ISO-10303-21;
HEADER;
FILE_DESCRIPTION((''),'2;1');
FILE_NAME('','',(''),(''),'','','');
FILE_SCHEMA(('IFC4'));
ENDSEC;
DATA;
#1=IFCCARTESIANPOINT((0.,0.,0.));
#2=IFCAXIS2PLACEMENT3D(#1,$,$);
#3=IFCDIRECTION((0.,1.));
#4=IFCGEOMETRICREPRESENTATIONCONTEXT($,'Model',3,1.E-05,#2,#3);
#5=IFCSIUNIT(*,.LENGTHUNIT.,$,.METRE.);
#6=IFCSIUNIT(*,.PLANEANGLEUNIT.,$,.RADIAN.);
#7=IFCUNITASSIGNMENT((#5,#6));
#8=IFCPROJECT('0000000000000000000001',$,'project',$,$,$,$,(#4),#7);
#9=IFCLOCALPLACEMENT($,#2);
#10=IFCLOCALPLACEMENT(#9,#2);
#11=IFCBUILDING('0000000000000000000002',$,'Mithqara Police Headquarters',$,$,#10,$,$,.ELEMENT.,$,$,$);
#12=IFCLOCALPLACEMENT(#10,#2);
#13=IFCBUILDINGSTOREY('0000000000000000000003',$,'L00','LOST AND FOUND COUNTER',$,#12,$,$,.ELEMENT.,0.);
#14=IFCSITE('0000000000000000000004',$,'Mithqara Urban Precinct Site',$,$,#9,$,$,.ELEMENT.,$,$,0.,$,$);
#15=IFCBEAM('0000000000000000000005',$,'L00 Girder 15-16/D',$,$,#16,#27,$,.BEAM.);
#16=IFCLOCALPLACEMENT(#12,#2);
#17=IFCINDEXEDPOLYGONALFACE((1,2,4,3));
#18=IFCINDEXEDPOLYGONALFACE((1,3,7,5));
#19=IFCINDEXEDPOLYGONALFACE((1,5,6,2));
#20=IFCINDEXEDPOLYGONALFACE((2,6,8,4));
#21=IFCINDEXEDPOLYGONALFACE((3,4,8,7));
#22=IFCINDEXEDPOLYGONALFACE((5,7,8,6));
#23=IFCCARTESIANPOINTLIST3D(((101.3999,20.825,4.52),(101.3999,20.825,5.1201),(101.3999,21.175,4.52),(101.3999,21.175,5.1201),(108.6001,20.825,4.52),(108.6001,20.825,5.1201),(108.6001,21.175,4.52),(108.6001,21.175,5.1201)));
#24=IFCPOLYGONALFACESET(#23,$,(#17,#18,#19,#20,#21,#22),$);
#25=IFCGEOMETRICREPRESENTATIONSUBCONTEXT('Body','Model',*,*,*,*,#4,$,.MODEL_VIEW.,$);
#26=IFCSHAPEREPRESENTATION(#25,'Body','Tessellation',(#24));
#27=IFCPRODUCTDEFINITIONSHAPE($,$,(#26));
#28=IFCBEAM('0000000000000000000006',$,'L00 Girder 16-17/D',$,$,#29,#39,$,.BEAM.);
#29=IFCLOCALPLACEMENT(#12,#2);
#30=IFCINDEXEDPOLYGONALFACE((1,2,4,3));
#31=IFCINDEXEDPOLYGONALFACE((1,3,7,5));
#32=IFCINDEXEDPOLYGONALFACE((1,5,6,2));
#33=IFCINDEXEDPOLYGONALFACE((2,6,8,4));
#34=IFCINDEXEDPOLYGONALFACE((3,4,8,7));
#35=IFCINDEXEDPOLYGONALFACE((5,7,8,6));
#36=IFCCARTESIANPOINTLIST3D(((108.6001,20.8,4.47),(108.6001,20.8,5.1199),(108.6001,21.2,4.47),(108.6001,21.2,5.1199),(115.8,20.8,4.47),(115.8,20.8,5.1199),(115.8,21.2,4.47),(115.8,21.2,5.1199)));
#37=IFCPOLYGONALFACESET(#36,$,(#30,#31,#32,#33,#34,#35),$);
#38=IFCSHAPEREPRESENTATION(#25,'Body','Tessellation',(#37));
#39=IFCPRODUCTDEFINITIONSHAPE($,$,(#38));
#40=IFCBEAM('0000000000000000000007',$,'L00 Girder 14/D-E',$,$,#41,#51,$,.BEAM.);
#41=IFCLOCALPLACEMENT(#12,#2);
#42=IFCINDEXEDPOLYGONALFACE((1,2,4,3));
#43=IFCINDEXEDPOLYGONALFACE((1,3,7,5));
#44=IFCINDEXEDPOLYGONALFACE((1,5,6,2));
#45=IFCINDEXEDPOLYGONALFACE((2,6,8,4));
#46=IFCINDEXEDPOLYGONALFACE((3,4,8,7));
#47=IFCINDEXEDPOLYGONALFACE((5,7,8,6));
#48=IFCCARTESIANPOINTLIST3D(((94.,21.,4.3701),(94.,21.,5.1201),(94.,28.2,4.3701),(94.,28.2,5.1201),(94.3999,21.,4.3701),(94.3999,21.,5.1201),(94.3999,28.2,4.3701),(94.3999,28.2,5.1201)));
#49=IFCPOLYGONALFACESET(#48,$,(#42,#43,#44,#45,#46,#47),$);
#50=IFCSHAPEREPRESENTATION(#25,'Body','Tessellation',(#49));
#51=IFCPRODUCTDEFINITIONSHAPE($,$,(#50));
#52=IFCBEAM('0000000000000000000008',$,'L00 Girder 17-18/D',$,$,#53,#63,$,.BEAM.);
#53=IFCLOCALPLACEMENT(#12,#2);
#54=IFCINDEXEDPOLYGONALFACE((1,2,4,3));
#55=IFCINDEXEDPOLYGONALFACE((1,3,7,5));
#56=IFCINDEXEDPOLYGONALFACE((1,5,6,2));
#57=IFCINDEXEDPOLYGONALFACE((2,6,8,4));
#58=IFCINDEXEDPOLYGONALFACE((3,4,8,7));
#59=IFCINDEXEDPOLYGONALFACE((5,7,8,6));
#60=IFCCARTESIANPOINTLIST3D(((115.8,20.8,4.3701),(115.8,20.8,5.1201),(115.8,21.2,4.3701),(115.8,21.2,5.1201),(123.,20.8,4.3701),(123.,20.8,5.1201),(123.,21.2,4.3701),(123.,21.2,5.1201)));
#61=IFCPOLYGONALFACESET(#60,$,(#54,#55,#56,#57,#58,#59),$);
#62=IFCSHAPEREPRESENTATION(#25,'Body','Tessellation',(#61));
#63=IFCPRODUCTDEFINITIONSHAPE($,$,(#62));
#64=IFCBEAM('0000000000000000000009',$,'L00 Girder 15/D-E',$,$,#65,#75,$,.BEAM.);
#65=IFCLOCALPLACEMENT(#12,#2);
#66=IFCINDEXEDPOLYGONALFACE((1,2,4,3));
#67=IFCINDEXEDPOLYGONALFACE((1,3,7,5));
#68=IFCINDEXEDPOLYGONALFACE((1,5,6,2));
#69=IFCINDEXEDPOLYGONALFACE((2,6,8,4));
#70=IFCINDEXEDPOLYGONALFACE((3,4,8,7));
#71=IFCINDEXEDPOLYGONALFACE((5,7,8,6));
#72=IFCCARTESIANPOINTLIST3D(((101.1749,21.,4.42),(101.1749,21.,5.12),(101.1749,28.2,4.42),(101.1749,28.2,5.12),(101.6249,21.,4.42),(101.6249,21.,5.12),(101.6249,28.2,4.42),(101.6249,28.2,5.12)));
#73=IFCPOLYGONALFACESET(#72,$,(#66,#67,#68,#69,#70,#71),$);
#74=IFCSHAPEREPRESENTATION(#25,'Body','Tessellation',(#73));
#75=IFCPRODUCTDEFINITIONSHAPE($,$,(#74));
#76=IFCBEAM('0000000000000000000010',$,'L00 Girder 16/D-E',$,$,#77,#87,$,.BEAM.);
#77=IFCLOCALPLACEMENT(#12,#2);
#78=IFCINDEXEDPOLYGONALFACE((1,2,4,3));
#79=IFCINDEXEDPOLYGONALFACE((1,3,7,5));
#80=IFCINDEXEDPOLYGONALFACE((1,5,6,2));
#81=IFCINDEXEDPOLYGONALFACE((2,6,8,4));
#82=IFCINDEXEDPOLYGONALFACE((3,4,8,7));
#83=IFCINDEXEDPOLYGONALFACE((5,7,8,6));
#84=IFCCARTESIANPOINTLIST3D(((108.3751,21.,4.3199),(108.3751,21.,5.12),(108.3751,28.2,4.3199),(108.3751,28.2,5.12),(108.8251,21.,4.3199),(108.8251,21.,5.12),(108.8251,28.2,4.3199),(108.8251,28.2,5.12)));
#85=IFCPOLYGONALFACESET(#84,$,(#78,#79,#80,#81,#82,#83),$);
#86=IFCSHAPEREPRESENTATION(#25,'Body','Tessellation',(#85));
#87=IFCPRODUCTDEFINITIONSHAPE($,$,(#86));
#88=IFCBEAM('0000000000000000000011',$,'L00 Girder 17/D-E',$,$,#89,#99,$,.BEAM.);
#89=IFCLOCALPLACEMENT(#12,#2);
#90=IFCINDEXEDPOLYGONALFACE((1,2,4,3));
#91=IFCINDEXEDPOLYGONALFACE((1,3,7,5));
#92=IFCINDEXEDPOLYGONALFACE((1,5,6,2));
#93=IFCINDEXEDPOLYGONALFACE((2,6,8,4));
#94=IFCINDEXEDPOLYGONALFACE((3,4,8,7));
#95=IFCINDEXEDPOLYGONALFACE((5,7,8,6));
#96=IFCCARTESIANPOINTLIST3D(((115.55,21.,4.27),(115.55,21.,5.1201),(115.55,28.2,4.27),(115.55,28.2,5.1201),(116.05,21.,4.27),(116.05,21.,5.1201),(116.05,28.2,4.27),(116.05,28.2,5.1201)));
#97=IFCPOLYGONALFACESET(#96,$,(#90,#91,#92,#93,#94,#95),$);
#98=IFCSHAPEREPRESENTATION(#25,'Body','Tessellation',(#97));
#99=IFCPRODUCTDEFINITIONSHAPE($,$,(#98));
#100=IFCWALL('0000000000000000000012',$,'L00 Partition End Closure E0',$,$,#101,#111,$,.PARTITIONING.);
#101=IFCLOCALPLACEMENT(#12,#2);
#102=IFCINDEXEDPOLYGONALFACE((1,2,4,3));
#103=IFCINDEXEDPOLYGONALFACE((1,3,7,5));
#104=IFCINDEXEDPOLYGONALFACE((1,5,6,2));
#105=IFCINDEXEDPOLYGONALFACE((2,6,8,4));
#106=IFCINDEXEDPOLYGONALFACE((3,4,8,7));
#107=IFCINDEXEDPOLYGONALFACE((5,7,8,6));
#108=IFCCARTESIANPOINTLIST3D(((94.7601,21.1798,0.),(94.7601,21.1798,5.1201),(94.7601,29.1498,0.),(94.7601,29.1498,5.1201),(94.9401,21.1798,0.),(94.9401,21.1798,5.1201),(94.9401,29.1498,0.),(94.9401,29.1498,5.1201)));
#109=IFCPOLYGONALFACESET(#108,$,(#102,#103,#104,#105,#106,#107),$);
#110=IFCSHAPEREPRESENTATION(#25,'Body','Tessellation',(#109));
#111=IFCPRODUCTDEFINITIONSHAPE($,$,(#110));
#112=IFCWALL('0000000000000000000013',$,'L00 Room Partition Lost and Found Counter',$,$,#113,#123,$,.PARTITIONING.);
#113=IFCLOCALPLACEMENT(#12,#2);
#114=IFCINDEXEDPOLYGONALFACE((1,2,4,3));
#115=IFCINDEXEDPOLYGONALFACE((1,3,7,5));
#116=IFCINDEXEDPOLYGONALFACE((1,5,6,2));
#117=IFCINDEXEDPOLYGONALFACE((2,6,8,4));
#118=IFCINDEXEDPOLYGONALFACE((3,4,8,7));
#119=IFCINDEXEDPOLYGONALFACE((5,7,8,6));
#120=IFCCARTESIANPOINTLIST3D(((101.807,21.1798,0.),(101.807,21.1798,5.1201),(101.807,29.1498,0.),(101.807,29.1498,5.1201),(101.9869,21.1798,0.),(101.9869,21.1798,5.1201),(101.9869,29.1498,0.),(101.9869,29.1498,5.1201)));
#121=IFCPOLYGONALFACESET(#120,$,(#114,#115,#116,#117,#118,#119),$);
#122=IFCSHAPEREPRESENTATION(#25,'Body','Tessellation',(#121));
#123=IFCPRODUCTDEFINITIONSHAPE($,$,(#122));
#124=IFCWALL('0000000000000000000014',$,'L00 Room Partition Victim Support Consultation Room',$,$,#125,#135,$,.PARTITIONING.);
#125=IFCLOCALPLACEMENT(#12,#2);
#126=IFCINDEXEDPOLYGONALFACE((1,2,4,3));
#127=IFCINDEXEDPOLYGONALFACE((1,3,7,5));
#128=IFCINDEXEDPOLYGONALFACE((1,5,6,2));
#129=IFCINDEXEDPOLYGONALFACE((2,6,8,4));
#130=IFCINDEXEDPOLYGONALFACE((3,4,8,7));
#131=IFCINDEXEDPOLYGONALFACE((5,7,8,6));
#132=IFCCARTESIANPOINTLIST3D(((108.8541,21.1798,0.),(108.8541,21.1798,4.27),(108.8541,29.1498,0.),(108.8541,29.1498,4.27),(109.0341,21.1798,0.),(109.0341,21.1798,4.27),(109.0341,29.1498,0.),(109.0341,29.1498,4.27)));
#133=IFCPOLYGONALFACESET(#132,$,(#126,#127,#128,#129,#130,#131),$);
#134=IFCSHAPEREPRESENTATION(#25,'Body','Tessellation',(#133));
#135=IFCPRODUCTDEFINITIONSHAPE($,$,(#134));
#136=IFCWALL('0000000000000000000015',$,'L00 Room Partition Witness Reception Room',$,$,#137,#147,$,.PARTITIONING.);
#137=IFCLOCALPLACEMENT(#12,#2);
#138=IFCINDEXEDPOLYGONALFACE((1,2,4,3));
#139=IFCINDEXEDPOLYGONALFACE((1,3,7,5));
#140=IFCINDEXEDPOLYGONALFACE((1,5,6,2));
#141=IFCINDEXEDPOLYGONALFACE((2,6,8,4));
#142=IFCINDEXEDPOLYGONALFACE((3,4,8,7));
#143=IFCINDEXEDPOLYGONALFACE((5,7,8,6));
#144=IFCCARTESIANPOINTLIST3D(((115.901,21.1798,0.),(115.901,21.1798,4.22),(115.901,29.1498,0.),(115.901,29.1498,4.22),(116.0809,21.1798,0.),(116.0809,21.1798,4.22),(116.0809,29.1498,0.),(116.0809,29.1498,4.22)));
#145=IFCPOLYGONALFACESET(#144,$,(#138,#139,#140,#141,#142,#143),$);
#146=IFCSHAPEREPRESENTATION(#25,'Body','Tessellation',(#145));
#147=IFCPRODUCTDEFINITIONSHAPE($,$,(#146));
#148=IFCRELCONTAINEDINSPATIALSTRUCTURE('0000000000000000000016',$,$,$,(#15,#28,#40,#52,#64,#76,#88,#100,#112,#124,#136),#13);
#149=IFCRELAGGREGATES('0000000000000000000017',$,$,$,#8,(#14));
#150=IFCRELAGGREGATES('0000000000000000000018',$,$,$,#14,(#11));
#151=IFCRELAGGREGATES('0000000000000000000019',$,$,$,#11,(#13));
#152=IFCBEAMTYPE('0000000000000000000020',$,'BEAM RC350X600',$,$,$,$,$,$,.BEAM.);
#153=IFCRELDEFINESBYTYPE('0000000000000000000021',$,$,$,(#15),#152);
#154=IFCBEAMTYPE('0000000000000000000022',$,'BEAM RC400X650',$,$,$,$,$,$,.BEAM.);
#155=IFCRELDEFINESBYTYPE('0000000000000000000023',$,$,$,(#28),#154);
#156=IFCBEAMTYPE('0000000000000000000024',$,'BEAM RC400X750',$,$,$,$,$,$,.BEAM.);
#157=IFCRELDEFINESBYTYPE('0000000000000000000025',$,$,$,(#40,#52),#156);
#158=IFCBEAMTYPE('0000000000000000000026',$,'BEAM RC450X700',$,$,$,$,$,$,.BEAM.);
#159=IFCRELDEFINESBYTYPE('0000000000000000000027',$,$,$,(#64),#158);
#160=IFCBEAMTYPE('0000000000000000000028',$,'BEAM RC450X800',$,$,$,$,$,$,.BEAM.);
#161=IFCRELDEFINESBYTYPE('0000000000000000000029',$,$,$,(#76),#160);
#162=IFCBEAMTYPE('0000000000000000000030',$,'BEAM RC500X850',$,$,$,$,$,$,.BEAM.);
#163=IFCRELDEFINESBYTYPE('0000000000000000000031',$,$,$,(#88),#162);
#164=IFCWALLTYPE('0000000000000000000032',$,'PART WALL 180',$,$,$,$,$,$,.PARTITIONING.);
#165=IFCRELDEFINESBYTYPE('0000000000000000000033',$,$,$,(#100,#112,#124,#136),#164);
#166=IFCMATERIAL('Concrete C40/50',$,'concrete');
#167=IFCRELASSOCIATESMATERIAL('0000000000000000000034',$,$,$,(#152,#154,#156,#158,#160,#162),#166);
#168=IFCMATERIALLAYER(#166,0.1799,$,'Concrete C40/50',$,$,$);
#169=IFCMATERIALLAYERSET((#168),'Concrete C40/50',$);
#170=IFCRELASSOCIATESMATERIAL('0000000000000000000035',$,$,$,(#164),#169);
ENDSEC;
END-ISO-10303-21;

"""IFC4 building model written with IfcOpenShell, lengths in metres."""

from ifc_helpers import new_model, si_unit, direction, frame, frame_2d, origin, origin_2d, place, context, subcontext, project, spatial, rectangle, extrude, material, layer, layer_set, material_profile, profile_set, type_object, element, save


model = new_model("IFC4")

# Units and contexts
model_context = context("Model", 3, precision=1e-05, world=origin(), true_north=direction((0.0, 1.0)))
body_context = subcontext(model_context, "Body", "Model", "MODEL_VIEW")
ifc_project = project(units=[si_unit("LENGTHUNIT", "METRE"), si_unit("PLANEANGLEUNIT", "RADIAN")], contexts=[model_context])

# Site, building, storey
site_placement = place(None, origin())
site = spatial("IfcSite", under=ifc_project, at=site_placement, Name="Mithqara Urban Precinct Site", CompositionType="ELEMENT", RefElevation=0.0)
building_placement = place(site_placement, origin())
building = spatial("IfcBuilding", under=site, at=building_placement, Name="Mithqara Police Headquarters", CompositionType="ELEMENT")
storey_placement = place(building_placement, origin())
storey = spatial("IfcBuildingStorey", under=building, at=storey_placement, Name="L00", Description="LOST AND FOUND COUNTER", CompositionType="ELEMENT", Elevation=0.0)

# Shared definitions
ifc_material_1 = material(Name="Concrete C40/50", Category="concrete")

# Beams
ifc_material_profile_1 = material_profile(ifc_material_1, rectangle(XDim=0.3501, YDim=0.6001, at=origin_2d()), Name="RC 350x600")
ifc_profile_set_1 = profile_set([ifc_material_profile_1], Name="Concrete C40/50")
beam_type_1 = type_object("IfcBeamType", Name="BEAM RC350X600", PredefinedType="BEAM", material=ifc_profile_set_1)
beam_1_placement = place(storey_placement, frame((101.3999, 21.0, 4.8201), z_axis=(1.0, 0.0, 0.0), x_axis=(0.0, 1.0, 0.0)))
element("IfcBeam", 1, at=beam_1_placement, inside=storey, type_object=beam_type_1, Name="L00 Girder 15-16/D", PredefinedType="BEAM", context=body_context, shape_type="SweptSolid", body=[
    extrude(rectangle(XDim=0.3501, YDim=0.6001, at=origin_2d()), origin(), (0.0, 0.0, 1.0), 7.2002),
])
ifc_material_profile_2 = material_profile(ifc_material_1, rectangle(XDim=0.3999, YDim=0.6499, at=origin_2d()), Name="RC 400x650")
ifc_profile_set_2 = profile_set([ifc_material_profile_2], Name="Concrete C40/50")
beam_type_2 = type_object("IfcBeamType", Name="BEAM RC400X650", PredefinedType="BEAM", material=ifc_profile_set_2)
beam_2_placement = place(storey_placement, frame((108.6001, 21.0, 4.7949), z_axis=(1.0, 0.0, 0.0), x_axis=(0.0, 1.0, 0.0)))
element("IfcBeam", 2, at=beam_2_placement, inside=storey, type_object=beam_type_2, Name="L00 Girder 16-17/D", PredefinedType="BEAM", context=body_context, shape_type="SweptSolid", body=[
    extrude(rectangle(XDim=0.3999, YDim=0.6499, at=origin_2d()), origin(), (0.0, 0.0, 1.0), 7.2),
])
ifc_material_profile_3 = material_profile(ifc_material_1, rectangle(XDim=0.3999, YDim=0.75, at=origin_2d()), Name="RC 400x750")
ifc_profile_set_3 = profile_set([ifc_material_profile_3], Name="Concrete C40/50")
beam_type_3 = type_object("IfcBeamType", Name="BEAM RC400X750", PredefinedType="BEAM", material=ifc_profile_set_3)
for number, where, z_axis, x_axis, name in (
    (3, (94.2, 21.0, 4.7451), (0.0, 1.0, 0.0), (-1.0, 0.0, 0.0), "L00 Girder 14/D-E"),
    (4, (115.8, 21.0, 4.7451), (1.0, 0.0, 0.0), (0.0, 1.0, 0.0), "L00 Girder 17-18/D"),
):
    element("IfcBeam", number, at=place(storey_placement, frame(where, z_axis=z_axis, x_axis=x_axis)), inside=storey, type_object=beam_type_3, Name=name, PredefinedType="BEAM", context=body_context, shape_type="SweptSolid", body=[
        extrude(rectangle(XDim=0.3999, YDim=0.75, at=origin_2d()), origin(), (0.0, 0.0, 1.0), 7.2),
    ])
ifc_material_profile_4 = material_profile(ifc_material_1, rectangle(XDim=0.45, YDim=0.7, at=origin_2d()), Name="RC 450x700")
ifc_profile_set_4 = profile_set([ifc_material_profile_4], Name="Concrete C40/50")
beam_type_4 = type_object("IfcBeamType", Name="BEAM RC450X700", PredefinedType="BEAM", material=ifc_profile_set_4)
beam_3_placement = place(storey_placement, frame((101.3999, 21.0, 4.77), z_axis=(0.0, 1.0, 0.0), x_axis=(-1.0, 0.0, 0.0)))
element("IfcBeam", 5, at=beam_3_placement, inside=storey, type_object=beam_type_4, Name="L00 Girder 15/D-E", PredefinedType="BEAM", context=body_context, shape_type="SweptSolid", body=[
    extrude(rectangle(XDim=0.45, YDim=0.7, at=origin_2d()), origin(), (0.0, 0.0, 1.0), 7.2),
])
ifc_material_profile_5 = material_profile(ifc_material_1, rectangle(XDim=0.45, YDim=0.8, at=origin_2d()), Name="RC 450x800")
ifc_profile_set_5 = profile_set([ifc_material_profile_5], Name="Concrete C40/50")
beam_type_5 = type_object("IfcBeamType", Name="BEAM RC450X800", PredefinedType="BEAM", material=ifc_profile_set_5)
beam_4_placement = place(storey_placement, frame((108.6001, 21.0, 4.72), z_axis=(0.0, 1.0, 0.0), x_axis=(-1.0, 0.0, 0.0)))
element("IfcBeam", 6, at=beam_4_placement, inside=storey, type_object=beam_type_5, Name="L00 Girder 16/D-E", PredefinedType="BEAM", context=body_context, shape_type="SweptSolid", body=[
    extrude(rectangle(XDim=0.45, YDim=0.8, at=origin_2d()), origin(), (0.0, 0.0, 1.0), 7.2),
])
ifc_material_profile_6 = material_profile(ifc_material_1, rectangle(XDim=0.5, YDim=0.8501, at=origin_2d()), Name="RC 500x850")
ifc_profile_set_6 = profile_set([ifc_material_profile_6], Name="Concrete C40/50")
beam_type_6 = type_object("IfcBeamType", Name="BEAM RC500X850", PredefinedType="BEAM", material=ifc_profile_set_6)
beam_5_placement = place(storey_placement, frame((115.8, 21.0, 4.6951), z_axis=(0.0, 1.0, 0.0), x_axis=(-1.0, 0.0, 0.0)))
element("IfcBeam", 7, at=beam_5_placement, inside=storey, type_object=beam_type_6, Name="L00 Girder 17/D-E", PredefinedType="BEAM", context=body_context, shape_type="SweptSolid", body=[
    extrude(rectangle(XDim=0.5, YDim=0.8501, at=origin_2d()), origin(), (0.0, 0.0, 1.0), 7.2),
])

# Walls
ifc_layer = layer(ifc_material_1, 0.1799, Name="Concrete C40/50")
ifc_layer_set = layer_set([ifc_layer], Name="Concrete C40/50")
wall_type = type_object("IfcWallType", Name="PART WALL 180", PredefinedType="PARTITIONING", material=ifc_layer_set)
for number, where, z_axis, x_axis, name in (
    (8, (94.8501, 21.1799, 0.0), (0.0, 0.0, 1.0), (0.0, 1.0, 0.0), "L00 Partition End Closure E0"),
    (9, (101.897, 21.1799, 0.0), (0.0, 0.0, 1.0), (0.0, 1.0, 0.0), "L00 Room Partition Lost and Found Counter"),
):
    element("IfcWall", number, at=place(storey_placement, frame(where, z_axis=z_axis, x_axis=x_axis)), inside=storey, type_object=wall_type, Name=name, PredefinedType="PARTITIONING", context=body_context, shape_type="SweptSolid", body=[
        extrude(rectangle(XDim=7.97, YDim=0.1799, at=frame_2d((3.9849, 0.0))), origin(), (0.0, 0.0, 1.0), 5.1201),
    ])
wall_1_placement = place(storey_placement, frame((108.9441, 21.1799, 0.0), z_axis=(0.0, 0.0, 1.0), x_axis=(0.0, 1.0, 0.0)))
element("IfcWall", 10, at=wall_1_placement, inside=storey, type_object=wall_type, Name="L00 Room Partition Victim Support Consultation Room", PredefinedType="PARTITIONING", context=body_context, shape_type="SweptSolid", body=[
    extrude(rectangle(XDim=7.97, YDim=0.1799, at=frame_2d((3.9849, 0.0))), origin(), (0.0, 0.0, 1.0), 4.27),
])
wall_2_placement = place(storey_placement, frame((115.991, 21.1799, 0.0), z_axis=(0.0, 0.0, 1.0), x_axis=(0.0, 1.0, 0.0)))
element("IfcWall", 11, at=wall_2_placement, inside=storey, type_object=wall_type, Name="L00 Room Partition Witness Reception Room", PredefinedType="PARTITIONING", context=body_context, shape_type="SweptSolid", body=[
    extrude(rectangle(XDim=7.97, YDim=0.1799, at=frame_2d((3.9849, 0.0))), origin(), (0.0, 0.0, 1.0), 4.22),
])

save(model, "model.ifc")
